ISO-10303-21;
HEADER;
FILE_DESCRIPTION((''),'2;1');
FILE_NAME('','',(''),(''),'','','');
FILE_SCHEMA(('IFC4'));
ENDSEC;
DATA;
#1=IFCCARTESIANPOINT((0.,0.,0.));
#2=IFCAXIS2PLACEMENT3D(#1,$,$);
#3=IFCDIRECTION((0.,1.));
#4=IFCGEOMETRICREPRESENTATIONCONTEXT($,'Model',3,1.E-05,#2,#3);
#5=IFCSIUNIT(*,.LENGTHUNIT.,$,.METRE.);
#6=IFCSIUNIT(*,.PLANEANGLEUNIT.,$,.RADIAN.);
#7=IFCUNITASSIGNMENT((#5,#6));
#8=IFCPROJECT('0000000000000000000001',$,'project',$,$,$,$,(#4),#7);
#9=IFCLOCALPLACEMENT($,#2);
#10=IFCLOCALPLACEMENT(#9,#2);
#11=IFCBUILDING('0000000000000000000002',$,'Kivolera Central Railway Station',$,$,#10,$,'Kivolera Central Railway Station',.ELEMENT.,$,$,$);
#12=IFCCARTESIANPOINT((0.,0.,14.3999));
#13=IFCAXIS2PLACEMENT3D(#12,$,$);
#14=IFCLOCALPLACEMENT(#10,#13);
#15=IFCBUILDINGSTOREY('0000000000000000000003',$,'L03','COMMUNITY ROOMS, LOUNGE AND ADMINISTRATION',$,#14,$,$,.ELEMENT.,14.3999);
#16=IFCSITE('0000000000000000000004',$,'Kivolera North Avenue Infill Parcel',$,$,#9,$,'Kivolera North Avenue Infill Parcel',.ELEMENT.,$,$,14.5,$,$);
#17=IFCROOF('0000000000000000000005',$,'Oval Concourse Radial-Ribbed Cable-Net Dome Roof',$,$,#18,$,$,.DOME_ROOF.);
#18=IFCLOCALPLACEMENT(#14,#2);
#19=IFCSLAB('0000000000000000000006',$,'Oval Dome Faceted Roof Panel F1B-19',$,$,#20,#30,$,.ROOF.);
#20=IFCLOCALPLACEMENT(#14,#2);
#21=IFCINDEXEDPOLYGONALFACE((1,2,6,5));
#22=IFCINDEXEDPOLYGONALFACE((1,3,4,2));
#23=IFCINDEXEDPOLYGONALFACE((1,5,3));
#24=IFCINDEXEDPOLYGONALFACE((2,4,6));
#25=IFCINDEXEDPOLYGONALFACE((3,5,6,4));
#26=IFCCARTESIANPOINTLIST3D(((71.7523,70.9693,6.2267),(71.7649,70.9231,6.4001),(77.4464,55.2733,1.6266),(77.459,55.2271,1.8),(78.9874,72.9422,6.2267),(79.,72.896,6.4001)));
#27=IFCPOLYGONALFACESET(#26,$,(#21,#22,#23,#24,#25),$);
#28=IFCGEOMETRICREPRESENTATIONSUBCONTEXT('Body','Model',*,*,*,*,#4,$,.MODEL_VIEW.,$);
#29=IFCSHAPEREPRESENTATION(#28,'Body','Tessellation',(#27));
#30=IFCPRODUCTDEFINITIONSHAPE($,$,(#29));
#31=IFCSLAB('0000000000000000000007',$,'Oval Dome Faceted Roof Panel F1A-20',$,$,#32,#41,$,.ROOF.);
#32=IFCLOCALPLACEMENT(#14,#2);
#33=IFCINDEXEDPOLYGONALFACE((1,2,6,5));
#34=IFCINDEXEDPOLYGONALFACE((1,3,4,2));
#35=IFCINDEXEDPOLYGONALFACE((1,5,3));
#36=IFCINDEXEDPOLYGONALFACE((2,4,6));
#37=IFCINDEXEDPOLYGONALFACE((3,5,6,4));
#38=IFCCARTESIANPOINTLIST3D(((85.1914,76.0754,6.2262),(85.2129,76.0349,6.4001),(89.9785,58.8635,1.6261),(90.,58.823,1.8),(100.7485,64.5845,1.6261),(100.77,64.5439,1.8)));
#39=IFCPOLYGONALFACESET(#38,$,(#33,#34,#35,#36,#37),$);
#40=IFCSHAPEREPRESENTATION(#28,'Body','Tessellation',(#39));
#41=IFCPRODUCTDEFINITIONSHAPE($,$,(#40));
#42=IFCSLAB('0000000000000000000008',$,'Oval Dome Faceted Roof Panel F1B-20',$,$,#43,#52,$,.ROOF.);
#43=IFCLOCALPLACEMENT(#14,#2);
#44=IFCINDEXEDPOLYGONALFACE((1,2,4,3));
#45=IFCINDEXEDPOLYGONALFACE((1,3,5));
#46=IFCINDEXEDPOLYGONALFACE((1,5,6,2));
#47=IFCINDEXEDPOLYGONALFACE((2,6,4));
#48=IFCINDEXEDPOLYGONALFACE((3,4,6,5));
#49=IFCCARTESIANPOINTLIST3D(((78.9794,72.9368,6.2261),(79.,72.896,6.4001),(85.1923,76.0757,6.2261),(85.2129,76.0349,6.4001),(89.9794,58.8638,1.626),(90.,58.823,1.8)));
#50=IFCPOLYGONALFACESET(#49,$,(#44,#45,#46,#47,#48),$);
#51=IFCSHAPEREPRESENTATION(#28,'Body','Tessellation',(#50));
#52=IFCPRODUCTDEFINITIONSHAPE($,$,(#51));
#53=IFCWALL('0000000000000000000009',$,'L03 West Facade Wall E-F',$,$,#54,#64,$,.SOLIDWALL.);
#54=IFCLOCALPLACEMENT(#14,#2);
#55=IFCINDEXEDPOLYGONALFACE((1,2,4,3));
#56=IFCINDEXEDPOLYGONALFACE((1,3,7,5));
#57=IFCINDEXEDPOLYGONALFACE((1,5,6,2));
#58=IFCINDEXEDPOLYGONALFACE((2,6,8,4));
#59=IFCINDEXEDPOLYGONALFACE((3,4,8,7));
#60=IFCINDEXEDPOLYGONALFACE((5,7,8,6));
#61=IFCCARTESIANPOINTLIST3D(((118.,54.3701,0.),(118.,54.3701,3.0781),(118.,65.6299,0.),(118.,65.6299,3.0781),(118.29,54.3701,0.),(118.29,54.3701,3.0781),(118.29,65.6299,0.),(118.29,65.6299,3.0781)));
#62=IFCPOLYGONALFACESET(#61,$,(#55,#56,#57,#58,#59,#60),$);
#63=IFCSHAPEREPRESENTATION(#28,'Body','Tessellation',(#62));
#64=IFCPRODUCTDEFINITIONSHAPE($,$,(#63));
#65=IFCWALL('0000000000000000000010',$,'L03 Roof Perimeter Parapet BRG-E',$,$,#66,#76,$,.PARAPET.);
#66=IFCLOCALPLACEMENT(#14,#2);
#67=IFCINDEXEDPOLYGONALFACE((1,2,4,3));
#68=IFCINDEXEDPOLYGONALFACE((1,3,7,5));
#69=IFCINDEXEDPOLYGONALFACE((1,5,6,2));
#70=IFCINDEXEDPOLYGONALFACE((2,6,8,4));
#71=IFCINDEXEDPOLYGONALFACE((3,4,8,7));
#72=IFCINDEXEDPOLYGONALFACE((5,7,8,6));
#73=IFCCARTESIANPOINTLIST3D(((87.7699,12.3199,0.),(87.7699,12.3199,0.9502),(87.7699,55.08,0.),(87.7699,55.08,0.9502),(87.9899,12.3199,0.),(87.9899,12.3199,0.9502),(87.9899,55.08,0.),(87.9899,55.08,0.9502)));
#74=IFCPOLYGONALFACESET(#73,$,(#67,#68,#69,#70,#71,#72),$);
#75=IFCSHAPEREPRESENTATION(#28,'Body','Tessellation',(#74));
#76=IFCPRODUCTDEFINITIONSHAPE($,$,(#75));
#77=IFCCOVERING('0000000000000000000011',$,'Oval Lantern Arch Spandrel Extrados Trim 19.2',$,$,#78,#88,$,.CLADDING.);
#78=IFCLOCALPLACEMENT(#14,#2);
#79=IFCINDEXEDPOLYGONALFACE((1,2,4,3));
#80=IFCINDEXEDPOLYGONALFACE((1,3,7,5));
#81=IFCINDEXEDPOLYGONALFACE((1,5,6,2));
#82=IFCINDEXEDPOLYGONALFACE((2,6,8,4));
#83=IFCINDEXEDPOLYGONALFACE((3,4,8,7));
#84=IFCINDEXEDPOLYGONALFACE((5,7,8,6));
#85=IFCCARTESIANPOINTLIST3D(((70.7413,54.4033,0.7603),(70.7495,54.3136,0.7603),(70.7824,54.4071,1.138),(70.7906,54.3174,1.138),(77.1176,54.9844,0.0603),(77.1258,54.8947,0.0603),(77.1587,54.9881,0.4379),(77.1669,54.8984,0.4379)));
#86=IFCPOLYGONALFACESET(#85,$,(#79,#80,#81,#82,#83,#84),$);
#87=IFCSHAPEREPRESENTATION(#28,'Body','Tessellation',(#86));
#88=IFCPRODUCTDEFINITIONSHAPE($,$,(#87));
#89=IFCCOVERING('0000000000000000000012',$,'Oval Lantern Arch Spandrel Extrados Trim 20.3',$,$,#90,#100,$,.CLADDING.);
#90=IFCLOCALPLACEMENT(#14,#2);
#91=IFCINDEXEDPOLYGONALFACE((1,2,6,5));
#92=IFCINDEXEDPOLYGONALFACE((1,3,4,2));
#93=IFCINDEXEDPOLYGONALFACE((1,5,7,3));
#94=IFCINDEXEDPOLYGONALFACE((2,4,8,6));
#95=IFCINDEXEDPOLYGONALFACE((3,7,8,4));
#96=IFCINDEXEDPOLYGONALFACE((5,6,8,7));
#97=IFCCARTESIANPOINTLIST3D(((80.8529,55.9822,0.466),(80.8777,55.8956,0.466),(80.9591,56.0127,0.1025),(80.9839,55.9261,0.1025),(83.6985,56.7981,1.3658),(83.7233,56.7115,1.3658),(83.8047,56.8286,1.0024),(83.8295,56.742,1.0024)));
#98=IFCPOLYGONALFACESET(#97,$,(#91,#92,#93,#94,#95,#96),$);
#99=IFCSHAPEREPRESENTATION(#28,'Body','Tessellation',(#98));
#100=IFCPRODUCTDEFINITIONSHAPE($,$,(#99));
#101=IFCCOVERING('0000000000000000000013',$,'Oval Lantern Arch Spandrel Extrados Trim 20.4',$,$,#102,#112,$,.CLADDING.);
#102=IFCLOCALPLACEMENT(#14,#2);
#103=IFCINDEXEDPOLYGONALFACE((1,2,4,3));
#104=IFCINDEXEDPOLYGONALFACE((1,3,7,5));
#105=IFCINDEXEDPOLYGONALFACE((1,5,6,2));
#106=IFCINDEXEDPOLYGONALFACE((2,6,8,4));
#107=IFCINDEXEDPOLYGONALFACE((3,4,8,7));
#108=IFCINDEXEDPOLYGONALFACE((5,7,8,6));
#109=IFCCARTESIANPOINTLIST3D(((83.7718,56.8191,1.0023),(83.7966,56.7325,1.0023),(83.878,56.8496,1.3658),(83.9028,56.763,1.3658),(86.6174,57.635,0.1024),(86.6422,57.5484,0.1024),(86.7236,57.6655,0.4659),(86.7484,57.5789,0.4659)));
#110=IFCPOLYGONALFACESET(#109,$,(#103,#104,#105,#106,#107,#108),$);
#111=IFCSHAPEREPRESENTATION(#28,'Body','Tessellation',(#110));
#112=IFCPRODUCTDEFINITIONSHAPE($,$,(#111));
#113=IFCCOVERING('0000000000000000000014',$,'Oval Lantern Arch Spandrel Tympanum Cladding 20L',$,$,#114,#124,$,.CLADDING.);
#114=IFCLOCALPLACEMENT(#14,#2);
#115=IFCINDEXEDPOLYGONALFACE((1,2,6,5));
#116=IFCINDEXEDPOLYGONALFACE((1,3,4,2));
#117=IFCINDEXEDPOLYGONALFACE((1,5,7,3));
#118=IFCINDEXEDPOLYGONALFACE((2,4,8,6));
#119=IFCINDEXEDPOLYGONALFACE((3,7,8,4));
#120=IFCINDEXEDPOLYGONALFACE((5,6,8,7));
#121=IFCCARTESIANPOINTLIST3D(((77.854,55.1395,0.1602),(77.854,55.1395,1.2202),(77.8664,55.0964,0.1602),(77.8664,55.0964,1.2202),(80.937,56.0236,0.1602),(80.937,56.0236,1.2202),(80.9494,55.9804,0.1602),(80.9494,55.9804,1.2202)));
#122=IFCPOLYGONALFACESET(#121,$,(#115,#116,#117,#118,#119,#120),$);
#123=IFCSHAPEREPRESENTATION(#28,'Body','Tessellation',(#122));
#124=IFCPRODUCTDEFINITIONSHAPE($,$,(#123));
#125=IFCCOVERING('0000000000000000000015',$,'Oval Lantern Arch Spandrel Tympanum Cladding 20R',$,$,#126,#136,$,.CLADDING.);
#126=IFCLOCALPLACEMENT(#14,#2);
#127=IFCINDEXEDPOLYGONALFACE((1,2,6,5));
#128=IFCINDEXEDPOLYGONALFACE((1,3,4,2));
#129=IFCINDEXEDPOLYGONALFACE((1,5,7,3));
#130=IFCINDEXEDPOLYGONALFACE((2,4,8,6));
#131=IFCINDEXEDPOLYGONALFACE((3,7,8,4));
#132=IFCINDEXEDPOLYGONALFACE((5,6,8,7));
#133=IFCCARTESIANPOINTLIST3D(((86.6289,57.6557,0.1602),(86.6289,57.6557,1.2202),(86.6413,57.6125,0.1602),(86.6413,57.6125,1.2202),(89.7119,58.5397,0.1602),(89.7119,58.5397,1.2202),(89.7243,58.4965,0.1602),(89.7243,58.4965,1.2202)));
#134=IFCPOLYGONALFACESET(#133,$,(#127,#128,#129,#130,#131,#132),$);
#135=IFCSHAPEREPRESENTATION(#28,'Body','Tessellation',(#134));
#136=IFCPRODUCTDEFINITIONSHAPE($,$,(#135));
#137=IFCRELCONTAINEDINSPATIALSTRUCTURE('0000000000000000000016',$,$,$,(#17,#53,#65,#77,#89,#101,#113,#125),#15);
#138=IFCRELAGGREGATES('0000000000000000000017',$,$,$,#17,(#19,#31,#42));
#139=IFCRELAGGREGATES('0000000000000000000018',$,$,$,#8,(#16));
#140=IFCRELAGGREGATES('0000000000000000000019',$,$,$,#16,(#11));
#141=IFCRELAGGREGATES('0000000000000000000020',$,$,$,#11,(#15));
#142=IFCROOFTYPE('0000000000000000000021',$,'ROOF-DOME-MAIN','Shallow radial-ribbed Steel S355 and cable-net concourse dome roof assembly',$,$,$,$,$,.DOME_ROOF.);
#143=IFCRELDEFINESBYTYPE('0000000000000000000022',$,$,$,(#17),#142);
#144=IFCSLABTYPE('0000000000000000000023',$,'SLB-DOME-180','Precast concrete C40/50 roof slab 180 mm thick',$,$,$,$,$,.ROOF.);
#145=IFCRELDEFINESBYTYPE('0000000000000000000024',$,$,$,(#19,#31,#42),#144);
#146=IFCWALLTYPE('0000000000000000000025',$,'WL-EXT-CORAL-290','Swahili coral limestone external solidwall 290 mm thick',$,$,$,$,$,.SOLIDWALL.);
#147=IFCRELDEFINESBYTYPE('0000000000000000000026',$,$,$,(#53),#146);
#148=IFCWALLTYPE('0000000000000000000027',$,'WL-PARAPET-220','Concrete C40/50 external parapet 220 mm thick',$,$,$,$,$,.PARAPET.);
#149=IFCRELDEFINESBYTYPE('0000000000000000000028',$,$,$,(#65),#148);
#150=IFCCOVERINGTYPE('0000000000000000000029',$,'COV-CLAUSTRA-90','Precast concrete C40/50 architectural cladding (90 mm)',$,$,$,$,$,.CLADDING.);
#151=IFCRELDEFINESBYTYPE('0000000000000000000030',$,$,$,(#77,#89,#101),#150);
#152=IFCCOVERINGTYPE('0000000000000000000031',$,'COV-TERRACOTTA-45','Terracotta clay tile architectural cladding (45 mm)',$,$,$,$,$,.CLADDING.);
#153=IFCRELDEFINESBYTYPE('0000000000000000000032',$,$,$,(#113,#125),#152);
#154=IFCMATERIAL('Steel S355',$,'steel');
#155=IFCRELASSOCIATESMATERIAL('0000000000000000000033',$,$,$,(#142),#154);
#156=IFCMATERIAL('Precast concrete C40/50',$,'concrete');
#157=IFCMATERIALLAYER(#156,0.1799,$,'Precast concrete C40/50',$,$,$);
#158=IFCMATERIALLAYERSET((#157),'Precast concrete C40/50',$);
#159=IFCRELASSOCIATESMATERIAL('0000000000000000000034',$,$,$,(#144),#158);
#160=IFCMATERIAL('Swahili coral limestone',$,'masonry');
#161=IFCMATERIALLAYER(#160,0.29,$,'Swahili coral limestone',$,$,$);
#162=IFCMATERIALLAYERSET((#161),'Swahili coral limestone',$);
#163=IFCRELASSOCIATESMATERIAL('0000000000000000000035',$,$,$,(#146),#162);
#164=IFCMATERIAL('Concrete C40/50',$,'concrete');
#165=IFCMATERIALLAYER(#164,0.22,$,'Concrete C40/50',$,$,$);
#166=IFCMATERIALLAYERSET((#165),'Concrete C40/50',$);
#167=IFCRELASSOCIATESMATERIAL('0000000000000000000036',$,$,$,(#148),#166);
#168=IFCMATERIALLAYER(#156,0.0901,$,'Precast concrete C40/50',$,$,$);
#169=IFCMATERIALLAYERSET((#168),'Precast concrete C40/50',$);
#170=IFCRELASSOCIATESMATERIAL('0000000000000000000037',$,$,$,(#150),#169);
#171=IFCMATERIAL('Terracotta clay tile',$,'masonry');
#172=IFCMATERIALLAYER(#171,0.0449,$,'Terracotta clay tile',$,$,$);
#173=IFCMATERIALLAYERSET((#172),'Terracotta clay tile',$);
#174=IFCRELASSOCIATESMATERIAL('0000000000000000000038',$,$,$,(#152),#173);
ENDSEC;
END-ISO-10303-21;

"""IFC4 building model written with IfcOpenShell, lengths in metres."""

from ifc_helpers import new_model, si_unit, direction, frame, frame_2d, origin, origin_2d, place, context, subcontext, project, spatial, polyline, rectangle, outline, extrude, material, layer, layer_set, type_object, element, aggregate, save


model = new_model("IFC4")

# Units and contexts
model_context = context("Model", 3, precision=1e-05, world=origin(), true_north=direction((0.0, 1.0)))
body_context = subcontext(model_context, "Body", "Model", "MODEL_VIEW")
ifc_project = project(units=[si_unit("LENGTHUNIT", "METRE"), si_unit("PLANEANGLEUNIT", "RADIAN")], contexts=[model_context])

# Site, building, storey
site_placement = place(None, origin())
site = spatial("IfcSite", under=ifc_project, at=site_placement, Name="Kivolera North Avenue Infill Parcel", LongName="Kivolera North Avenue Infill Parcel", CompositionType="ELEMENT", RefElevation=14.5)
building_placement = place(site_placement, origin())
building = spatial("IfcBuilding", under=site, at=building_placement, Name="Kivolera Central Railway Station", LongName="Kivolera Central Railway Station", CompositionType="ELEMENT")
storey_placement = place(building_placement, frame((0.0, 0.0, 14.3999)))
storey = spatial("IfcBuildingStorey", under=building, at=storey_placement, Name="L03", Description="COMMUNITY ROOMS, LOUNGE AND ADMINISTRATION", CompositionType="ELEMENT", Elevation=14.3999)

# Shared definitions
ifc_material_1 = material(Name="Concrete C40/50", Category="concrete")

# Shared definitions
ifc_material_2 = material(Name="Steel S355", Category="steel")

# Roof, slabs
roof_type = type_object("IfcRoofType", Name="ROOF-DOME-MAIN", Description="Shallow radial-ribbed Steel S355 and cable-net concourse dome roof assembly", PredefinedType="DOME_ROOF", material=ifc_material_2)
roof_placement = place(storey_placement, origin())
roof = element("IfcRoof", 1, at=roof_placement, inside=storey, type_object=roof_type, Name="Oval Concourse Radial-Ribbed Cable-Net Dome Roof", PredefinedType="DOME_ROOF")
ifc_material_3 = material(Name="Precast concrete C40/50", Category="concrete")
ifc_layer_1 = layer(ifc_material_3, 0.1799, Name="Precast concrete C40/50")
ifc_layer_set_1 = layer_set([ifc_layer_1], Name="Precast concrete C40/50")
slab_type = type_object("IfcSlabType", Name="SLB-DOME-180", Description="Precast concrete C40/50 roof slab 180 mm thick", PredefinedType="ROOF", material=ifc_layer_set_1)
slab_1_placement = place(storey_placement, frame((77.459, 55.2271, 1.8), z_axis=(0.070094, -0.257052, 0.963852), x_axis=(0.084103, 0.964311, 0.251058)))
slab_1 = element("IfcSlab", 2, at=slab_1_placement, type_object=slab_type, Name="Oval Dome Faceted Roof Panel F1B-19", PredefinedType="ROOF", context=body_context, shape_type="SweptSolid", body=[
    extrude(outline(polyline([(0.0, 0.0), (18.3229, 0.0), (15.8119, 7.0664), (0.0, 0.0)])), origin(), (0.0, 0.0, -1.0), 0.1799),
])
slab_2_placement = place(storey_placement, frame((90.0, 58.823, 1.8), z_axis=(0.119605, -0.225164, 0.966952), x_axis=(0.883137, 0.469115, 0.0)))
slab_2 = element("IfcSlab", 3, at=slab_2_placement, type_object=slab_type, Name="Oval Dome Faceted Roof Panel F1A-20", PredefinedType="ROOF", context=body_context, shape_type="SweptSolid", body=[
    extrude(outline(polyline([(0.0, 0.0), (12.1952, 0.0), (3.8467, 18.0425), (0.0, 0.0)])), origin(), (0.0, 0.0, -1.0), 0.1799),
])
slab_3_placement = place(storey_placement, frame((90.0, 58.823, 1.8), z_axis=(0.114511, -0.226653, 0.967221), x_axis=(-0.259493, 0.932998, 0.249355)))
slab_3 = element("IfcSlab", 4, at=slab_3_placement, type_object=slab_type, Name="Oval Dome Faceted Roof Panel F1B-20", PredefinedType="ROOF", context=body_context, shape_type="SweptSolid", body=[
    extrude(outline(polyline([(0.0, 0.0), (18.448, 0.0), (17.1316, 6.8352), (0.0, 0.0)])), origin(), (0.0, 0.0, -1.0), 0.1799),
])
aggregate(roof, [slab_1, slab_2, slab_3])

# Walls
ifc_material_4 = material(Name="Swahili coral limestone", Category="masonry")
ifc_layer_2 = layer(ifc_material_4, 0.29, Name="Swahili coral limestone")
ifc_layer_set_2 = layer_set([ifc_layer_2], Name="Swahili coral limestone")
wall_type_1 = type_object("IfcWallType", Name="WL-EXT-CORAL-290", Description="Swahili coral limestone external solidwall 290 mm thick", PredefinedType="SOLIDWALL", material=ifc_layer_set_2)
wall_1_placement = place(storey_placement, frame((118.145, 54.3701, 0.0), z_axis=(0.0, 0.0, 1.0), x_axis=(0.0, 1.0, 0.0)))
element("IfcWall", 5, at=wall_1_placement, inside=storey, type_object=wall_type_1, Name="L03 West Facade Wall E-F", PredefinedType="SOLIDWALL", context=body_context, shape_type="SweptSolid", body=[
    extrude(rectangle(XDim=11.2598, YDim=0.29, at=frame_2d((5.6299, 0.0))), origin(), (0.0, 0.0, 1.0), 3.0781),
])
ifc_layer_3 = layer(ifc_material_1, 0.22, Name="Concrete C40/50")
ifc_layer_set_3 = layer_set([ifc_layer_3], Name="Concrete C40/50")
wall_type_2 = type_object("IfcWallType", Name="WL-PARAPET-220", Description="Concrete C40/50 external parapet 220 mm thick", PredefinedType="PARAPET", material=ifc_layer_set_3)
wall_2_placement = place(storey_placement, frame((87.8799, 12.3201, 0.0), z_axis=(0.0, 0.0, 1.0), x_axis=(0.0, 1.0, 0.0)))
element("IfcWall", 6, at=wall_2_placement, inside=storey, type_object=wall_type_2, Name="L03 Roof Perimeter Parapet BRG-E", PredefinedType="PARAPET", context=body_context, shape_type="SweptSolid", body=[
    extrude(rectangle(XDim=42.76, YDim=0.22, at=frame_2d((21.3799, 0.0))), origin(), (0.0, 0.0, 1.0), 0.9502),
])

# Coverings
ifc_layer_4 = layer(ifc_material_3, 0.0901, Name="Precast concrete C40/50")
ifc_layer_set_4 = layer_set([ifc_layer_4], Name="Precast concrete C40/50")
covering_type_1 = type_object("IfcCoveringType", Name="COV-CLAUSTRA-90", Description="Precast concrete C40/50 architectural cladding (90 mm)", PredefinedType="CLADDING", material=ifc_layer_set_4)
covering_placement = place(storey_placement, frame((73.9541, 54.6509, 0.5991), z_axis=(0.989975, 0.090209, -0.108686), x_axis=(0.090789, -0.99587, 0.0)))
element("IfcCovering", 7, at=covering_placement, inside=storey, type_object=covering_type_1, Name="Oval Lantern Arch Spandrel Extrados Trim 19.2", PredefinedType="CLADDING", context=body_context, shape_type="SweptSolid", body=[
    extrude(rectangle(XDim=0.0901, YDim=0.3799, at=origin_2d()), frame((0.0, 0.0, -3.2205)), (0.0, 0.0, 1.0), 6.4409),
])
for number, where, z_axis, x_axis, name in (
    (8, (82.3411, 56.3621, 0.7341), (0.919713, 0.263699, 0.290844), (0.275632, -0.961263, 0.0), "Oval Lantern Arch Spandrel Extrados Trim 20.3"),
    (9, (85.26, 57.199, 0.7341), (0.919713, 0.263699, -0.290844), (0.275632, -0.961263, 0.0), "Oval Lantern Arch Spandrel Extrados Trim 20.4"),
):
    element("IfcCovering", number, at=place(storey_placement, frame(where, z_axis=z_axis, x_axis=x_axis)), inside=storey, type_object=covering_type_1, Name=name, PredefinedType="CLADDING", context=body_context, shape_type="SweptSolid", body=[
        extrude(rectangle(XDim=0.0901, YDim=0.3799, at=origin_2d()), frame((0.0, 0.0, -1.5469)), (0.0, 0.0, 1.0), 3.094),
    ])
ifc_material_5 = material(Name="Terracotta clay tile", Category="masonry")
ifc_layer_5 = layer(ifc_material_5, 0.0449, Name="Terracotta clay tile")
ifc_layer_set_5 = layer_set([ifc_layer_5], Name="Terracotta clay tile")
covering_type_2 = type_object("IfcCoveringType", Name="COV-TERRACOTTA-45", Description="Terracotta clay tile architectural cladding (45 mm)", PredefinedType="CLADDING", material=ifc_layer_set_5)
for number, where, z_axis, x_axis, name in (
    (10, (80.9431, 56.002, 0.1602), (0.0, 0.0, 1.0), (-0.961262, -0.275636, 0.0), "Oval Lantern Arch Spandrel Tympanum Cladding 20L"),
    (11, (89.718, 58.5181, 0.1602), (0.0, 0.0, 1.0), (-0.961262, -0.275636, 0.0), "Oval Lantern Arch Spandrel Tympanum Cladding 20R"),
):
    element("IfcCovering", number, at=place(storey_placement, frame(where, z_axis=z_axis, x_axis=x_axis)), inside=storey, type_object=covering_type_2, Name=name, PredefinedType="CLADDING", context=body_context, shape_type="SweptSolid", body=[
        extrude(rectangle(XDim=3.2073, YDim=0.0449, at=frame_2d((1.6035, 0.0))), origin(), (0.0, 0.0, 1.0), 1.0601),
    ])

save(model, "model.ifc")
